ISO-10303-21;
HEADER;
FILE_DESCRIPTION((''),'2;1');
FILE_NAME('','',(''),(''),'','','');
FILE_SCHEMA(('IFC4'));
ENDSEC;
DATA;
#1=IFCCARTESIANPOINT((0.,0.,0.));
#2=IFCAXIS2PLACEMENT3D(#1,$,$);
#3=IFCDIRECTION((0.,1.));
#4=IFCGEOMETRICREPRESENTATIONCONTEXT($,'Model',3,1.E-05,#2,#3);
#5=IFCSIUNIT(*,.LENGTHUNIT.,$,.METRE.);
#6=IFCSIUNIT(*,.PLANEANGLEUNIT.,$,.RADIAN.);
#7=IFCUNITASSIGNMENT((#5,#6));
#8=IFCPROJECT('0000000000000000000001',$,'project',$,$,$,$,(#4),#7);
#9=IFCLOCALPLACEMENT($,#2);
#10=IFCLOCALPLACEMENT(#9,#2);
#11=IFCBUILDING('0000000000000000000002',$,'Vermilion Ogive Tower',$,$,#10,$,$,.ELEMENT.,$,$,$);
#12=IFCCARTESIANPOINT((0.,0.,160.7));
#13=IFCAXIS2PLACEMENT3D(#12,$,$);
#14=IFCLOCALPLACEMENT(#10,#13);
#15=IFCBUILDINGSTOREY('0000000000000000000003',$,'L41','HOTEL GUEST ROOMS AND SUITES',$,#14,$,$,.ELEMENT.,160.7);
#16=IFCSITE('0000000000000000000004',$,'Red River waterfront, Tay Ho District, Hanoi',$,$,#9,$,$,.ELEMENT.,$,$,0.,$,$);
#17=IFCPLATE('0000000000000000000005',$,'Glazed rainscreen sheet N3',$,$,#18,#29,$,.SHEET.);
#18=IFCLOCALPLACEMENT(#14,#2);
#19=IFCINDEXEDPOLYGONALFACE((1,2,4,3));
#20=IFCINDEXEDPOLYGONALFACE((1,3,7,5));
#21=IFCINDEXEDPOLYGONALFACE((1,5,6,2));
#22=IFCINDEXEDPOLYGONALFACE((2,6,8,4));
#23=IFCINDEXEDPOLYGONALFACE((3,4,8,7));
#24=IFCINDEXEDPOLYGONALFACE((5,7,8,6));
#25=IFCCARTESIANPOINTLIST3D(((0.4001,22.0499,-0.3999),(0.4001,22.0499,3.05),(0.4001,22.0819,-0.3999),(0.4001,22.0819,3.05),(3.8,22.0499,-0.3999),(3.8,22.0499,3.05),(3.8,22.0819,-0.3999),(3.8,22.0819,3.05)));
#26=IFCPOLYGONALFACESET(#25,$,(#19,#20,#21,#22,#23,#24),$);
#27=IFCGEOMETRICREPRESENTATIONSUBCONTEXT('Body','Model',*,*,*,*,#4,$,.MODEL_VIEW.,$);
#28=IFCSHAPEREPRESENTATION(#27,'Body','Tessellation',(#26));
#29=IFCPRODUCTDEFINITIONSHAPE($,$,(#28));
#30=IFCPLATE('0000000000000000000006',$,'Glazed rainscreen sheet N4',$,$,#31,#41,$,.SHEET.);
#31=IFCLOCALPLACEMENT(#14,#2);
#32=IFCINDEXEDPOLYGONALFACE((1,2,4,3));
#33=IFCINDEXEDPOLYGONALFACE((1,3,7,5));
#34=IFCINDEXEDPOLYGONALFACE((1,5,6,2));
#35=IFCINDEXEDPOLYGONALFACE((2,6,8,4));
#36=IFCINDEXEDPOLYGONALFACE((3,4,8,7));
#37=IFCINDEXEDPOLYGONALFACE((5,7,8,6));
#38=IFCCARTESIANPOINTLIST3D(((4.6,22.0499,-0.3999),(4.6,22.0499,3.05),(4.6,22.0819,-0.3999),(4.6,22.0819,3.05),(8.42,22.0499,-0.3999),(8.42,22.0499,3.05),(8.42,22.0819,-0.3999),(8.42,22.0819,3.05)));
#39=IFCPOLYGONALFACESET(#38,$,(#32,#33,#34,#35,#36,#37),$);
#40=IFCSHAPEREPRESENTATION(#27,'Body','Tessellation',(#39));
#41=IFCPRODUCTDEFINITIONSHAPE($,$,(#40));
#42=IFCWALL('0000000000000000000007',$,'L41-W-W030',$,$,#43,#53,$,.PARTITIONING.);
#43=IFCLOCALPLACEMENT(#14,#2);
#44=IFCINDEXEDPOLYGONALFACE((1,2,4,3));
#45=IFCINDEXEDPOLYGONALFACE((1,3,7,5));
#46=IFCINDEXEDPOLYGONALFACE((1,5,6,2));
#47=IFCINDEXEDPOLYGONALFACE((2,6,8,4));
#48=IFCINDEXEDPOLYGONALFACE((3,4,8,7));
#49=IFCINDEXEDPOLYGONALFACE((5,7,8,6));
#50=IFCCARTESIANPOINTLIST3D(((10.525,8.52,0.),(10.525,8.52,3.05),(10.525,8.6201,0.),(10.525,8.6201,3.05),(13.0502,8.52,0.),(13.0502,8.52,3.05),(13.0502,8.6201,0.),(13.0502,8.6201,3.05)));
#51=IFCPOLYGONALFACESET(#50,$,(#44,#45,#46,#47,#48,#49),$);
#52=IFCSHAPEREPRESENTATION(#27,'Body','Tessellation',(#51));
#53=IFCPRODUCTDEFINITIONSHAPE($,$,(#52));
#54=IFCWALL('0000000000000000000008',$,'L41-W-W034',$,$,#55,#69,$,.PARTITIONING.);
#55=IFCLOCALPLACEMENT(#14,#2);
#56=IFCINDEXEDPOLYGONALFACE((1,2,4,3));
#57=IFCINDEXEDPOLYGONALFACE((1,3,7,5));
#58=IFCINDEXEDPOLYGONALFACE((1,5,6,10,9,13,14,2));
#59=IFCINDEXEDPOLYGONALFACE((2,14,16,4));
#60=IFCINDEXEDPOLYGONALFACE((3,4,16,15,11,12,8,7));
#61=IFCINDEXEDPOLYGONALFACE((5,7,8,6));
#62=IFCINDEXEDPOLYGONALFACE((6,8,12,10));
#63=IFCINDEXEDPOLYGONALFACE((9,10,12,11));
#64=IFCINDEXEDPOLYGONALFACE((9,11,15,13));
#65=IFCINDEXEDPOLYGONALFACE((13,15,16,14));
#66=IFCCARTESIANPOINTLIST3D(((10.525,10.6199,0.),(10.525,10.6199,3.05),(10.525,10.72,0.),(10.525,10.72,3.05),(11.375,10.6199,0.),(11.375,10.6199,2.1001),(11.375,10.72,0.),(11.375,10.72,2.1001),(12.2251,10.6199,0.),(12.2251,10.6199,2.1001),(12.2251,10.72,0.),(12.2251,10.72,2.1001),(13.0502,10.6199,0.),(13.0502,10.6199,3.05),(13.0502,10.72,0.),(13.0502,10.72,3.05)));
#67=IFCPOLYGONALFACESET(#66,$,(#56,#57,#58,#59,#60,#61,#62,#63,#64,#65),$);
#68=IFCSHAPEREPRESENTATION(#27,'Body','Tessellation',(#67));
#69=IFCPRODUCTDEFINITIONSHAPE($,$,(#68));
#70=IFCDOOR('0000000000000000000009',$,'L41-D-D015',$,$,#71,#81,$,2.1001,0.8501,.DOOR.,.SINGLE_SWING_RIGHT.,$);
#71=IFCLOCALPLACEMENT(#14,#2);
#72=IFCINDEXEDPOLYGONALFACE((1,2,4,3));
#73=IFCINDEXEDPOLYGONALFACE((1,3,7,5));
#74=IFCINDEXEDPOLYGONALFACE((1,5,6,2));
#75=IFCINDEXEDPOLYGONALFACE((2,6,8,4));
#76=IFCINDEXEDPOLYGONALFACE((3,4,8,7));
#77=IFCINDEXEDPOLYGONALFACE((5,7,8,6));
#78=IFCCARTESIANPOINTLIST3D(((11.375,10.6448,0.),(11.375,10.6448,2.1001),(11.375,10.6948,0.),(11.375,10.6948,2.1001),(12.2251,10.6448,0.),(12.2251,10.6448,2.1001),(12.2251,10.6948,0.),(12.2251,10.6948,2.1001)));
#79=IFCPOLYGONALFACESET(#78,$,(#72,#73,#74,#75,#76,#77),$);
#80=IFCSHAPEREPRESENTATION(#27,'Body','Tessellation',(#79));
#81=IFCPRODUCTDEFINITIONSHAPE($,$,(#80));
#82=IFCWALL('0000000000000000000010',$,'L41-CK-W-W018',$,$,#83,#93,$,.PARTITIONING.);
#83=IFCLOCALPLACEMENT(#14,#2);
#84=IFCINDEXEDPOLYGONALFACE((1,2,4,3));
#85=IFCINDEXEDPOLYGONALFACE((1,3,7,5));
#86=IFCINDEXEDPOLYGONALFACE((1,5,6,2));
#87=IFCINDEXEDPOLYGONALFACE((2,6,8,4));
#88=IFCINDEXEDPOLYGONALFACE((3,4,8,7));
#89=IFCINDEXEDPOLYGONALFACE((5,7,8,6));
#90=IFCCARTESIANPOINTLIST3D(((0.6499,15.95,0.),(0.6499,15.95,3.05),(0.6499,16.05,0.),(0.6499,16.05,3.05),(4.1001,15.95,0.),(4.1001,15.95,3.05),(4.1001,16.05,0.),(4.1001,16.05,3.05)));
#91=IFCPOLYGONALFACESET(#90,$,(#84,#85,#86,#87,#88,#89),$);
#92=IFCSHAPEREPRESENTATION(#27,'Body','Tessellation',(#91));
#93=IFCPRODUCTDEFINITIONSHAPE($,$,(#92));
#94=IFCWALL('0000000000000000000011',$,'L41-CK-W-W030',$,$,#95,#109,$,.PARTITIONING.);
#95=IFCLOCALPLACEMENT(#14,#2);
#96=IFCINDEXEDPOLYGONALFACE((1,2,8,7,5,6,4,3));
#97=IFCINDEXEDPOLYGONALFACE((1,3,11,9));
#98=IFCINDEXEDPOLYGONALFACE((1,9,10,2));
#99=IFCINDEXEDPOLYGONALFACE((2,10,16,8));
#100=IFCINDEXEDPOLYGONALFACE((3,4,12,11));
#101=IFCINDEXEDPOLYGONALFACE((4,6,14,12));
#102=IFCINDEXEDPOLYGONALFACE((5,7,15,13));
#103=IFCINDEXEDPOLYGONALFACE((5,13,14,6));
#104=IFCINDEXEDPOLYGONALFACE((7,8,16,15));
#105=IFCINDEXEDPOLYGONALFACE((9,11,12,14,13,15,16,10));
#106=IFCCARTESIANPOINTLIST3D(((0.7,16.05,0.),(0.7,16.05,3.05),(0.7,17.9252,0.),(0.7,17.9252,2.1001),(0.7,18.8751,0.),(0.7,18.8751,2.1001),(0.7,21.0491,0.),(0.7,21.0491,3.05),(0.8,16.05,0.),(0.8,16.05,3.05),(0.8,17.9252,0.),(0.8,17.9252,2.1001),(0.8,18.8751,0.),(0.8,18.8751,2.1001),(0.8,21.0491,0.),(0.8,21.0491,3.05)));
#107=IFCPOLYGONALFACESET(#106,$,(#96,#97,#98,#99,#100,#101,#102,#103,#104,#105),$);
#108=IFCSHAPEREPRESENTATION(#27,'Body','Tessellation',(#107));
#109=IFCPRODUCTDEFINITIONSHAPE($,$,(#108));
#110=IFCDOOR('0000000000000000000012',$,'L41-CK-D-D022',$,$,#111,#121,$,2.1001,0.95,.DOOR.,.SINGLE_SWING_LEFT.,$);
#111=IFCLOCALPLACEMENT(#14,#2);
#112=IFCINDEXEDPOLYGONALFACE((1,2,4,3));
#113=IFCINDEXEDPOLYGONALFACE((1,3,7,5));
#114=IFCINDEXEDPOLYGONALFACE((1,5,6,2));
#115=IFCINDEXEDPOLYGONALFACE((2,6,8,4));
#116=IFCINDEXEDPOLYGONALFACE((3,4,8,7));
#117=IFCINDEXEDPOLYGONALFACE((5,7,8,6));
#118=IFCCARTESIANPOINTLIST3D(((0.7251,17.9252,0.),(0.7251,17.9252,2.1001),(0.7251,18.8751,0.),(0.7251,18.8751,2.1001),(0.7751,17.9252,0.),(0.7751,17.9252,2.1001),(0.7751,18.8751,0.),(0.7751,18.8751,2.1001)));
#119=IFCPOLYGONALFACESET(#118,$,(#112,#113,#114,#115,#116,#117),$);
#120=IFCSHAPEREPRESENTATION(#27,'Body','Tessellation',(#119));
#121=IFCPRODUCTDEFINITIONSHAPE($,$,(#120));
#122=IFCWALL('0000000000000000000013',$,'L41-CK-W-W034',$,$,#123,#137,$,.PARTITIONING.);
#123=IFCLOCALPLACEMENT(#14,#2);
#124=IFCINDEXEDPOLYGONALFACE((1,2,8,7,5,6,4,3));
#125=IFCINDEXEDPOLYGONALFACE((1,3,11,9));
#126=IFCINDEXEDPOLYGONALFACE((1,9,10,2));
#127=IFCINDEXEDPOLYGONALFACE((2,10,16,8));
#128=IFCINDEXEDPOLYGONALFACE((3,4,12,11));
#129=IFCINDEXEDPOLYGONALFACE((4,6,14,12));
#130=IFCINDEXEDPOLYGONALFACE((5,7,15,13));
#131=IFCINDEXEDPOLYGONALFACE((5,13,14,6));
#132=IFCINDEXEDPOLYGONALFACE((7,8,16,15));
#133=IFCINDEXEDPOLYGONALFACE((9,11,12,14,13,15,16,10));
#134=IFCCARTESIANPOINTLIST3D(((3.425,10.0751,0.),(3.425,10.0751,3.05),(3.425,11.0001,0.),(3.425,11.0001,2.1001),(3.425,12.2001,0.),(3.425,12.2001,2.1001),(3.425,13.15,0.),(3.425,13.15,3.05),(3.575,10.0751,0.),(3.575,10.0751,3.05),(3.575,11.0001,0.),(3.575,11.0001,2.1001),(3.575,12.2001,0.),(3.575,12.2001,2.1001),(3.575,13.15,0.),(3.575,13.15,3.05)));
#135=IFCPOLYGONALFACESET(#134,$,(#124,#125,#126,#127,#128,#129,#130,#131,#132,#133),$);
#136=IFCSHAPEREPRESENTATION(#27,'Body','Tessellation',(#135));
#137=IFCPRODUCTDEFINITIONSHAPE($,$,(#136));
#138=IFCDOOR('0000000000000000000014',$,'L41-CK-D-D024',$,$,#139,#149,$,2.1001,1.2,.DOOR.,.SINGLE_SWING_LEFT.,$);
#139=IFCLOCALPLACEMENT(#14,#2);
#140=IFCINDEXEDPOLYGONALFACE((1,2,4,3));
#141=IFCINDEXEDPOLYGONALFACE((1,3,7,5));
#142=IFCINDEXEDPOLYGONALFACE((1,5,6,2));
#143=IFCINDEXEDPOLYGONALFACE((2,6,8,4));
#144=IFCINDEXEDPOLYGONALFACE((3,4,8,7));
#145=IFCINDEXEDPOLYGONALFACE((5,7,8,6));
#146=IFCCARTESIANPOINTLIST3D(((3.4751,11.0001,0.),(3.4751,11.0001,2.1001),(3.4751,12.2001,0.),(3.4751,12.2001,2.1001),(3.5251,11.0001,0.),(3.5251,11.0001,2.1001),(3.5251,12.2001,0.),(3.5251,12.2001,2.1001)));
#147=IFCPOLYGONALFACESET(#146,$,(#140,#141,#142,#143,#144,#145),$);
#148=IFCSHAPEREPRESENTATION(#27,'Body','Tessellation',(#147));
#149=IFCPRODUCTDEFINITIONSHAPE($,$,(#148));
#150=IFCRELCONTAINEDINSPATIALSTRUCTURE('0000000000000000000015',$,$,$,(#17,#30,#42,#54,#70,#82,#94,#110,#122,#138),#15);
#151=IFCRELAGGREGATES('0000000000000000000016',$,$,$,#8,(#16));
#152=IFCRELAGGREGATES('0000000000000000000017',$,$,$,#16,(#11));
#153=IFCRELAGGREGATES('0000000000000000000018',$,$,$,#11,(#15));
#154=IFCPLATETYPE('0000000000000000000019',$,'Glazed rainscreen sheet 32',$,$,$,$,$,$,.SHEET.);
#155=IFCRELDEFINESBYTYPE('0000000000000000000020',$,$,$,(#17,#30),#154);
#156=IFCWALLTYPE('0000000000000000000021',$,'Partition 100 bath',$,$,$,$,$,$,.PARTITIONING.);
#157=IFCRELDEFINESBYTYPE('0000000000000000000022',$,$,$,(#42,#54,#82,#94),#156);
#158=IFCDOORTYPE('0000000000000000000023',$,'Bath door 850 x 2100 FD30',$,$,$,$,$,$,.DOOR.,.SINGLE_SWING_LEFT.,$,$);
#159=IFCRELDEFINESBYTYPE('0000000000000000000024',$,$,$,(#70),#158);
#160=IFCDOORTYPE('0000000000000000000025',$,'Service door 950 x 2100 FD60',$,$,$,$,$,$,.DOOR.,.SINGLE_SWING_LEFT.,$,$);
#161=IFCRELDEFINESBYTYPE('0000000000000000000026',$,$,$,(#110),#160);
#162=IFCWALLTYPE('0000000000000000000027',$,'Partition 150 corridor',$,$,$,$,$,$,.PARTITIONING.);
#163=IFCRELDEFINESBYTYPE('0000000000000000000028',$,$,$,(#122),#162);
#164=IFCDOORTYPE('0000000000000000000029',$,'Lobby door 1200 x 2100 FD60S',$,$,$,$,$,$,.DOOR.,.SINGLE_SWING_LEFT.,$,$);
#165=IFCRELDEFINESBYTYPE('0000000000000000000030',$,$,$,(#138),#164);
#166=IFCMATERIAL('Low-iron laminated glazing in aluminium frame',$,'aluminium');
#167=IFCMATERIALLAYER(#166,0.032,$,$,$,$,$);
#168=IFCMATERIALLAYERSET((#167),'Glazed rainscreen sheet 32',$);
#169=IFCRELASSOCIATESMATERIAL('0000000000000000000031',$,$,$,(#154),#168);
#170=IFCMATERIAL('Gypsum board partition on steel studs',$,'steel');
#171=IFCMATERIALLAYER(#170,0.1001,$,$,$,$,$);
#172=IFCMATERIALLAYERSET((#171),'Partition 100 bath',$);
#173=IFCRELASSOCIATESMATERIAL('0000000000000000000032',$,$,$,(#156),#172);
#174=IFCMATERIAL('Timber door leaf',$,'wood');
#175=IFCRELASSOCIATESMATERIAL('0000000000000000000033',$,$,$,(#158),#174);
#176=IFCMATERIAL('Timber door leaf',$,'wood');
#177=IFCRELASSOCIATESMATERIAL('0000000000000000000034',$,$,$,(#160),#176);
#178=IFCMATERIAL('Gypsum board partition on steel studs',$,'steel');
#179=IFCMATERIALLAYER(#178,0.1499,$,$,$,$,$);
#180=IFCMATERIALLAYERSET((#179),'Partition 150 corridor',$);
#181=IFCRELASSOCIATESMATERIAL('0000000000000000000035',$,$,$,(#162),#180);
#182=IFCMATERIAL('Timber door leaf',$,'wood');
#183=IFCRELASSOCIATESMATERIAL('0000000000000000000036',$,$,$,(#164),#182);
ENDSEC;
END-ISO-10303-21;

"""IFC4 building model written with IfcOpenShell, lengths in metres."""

from ifc_helpers import new_model, si_unit, direction, frame, frame_2d, origin, origin_2d, place, context, subcontext, project, spatial, rectangle, extrude, material, layer, layer_set, type_object, element, fill, save


model = new_model("IFC4")

# Units and contexts
model_context = context("Model", 3, precision=1e-05, world=origin(), true_north=direction((0.0, 1.0)))
body_context = subcontext(model_context, "Body", "Model", "MODEL_VIEW")
ifc_project = project(units=[si_unit("LENGTHUNIT", "METRE"), si_unit("PLANEANGLEUNIT", "RADIAN")], contexts=[model_context])

# Site, building, storey
site_placement = place(None, origin())
site = spatial("IfcSite", under=ifc_project, at=site_placement, Name="Red River waterfront, Tay Ho District, Hanoi", CompositionType="ELEMENT", RefElevation=0.0)
building_placement = place(site_placement, origin())
building = spatial("IfcBuilding", under=site, at=building_placement, Name="Vermilion Ogive Tower", CompositionType="ELEMENT")
storey_placement = place(building_placement, frame((0.0, 0.0, 160.7)))
storey = spatial("IfcBuildingStorey", under=building, at=storey_placement, Name="L41", Description="HOTEL GUEST ROOMS AND SUITES", CompositionType="ELEMENT", Elevation=160.7)

# Plates
ifc_material_1 = material(Name="Low-iron laminated glazing in aluminium frame", Category="aluminium")
ifc_layer_1 = layer(ifc_material_1, 0.032)
ifc_layer_set_1 = layer_set([ifc_layer_1], Name="Glazed rainscreen sheet 32")
plate_type = type_object("IfcPlateType", Name="Glazed rainscreen sheet 32", PredefinedType="SHEET", material=ifc_layer_set_1)
plate_1_placement = place(storey_placement, frame((2.1001, 22.0659, -0.3999), z_axis=(0.0, 0.0, 1.0), x_axis=(1.0, 0.0, 0.0)))
element("IfcPlate", 1, at=plate_1_placement, inside=storey, type_object=plate_type, Name="Glazed rainscreen sheet N3", PredefinedType="SHEET", context=body_context, shape_type="SweptSolid", body=[
    extrude(rectangle(XDim=3.3999, YDim=0.032, at=origin_2d()), origin(), (0.0, 0.0, 1.0), 3.45),
])
plate_2_placement = place(storey_placement, frame((6.51, 22.0659, -0.3999), z_axis=(0.0, 0.0, 1.0), x_axis=(1.0, 0.0, 0.0)))
element("IfcPlate", 2, at=plate_2_placement, inside=storey, type_object=plate_type, Name="Glazed rainscreen sheet N4", PredefinedType="SHEET", context=body_context, shape_type="SweptSolid", body=[
    extrude(rectangle(XDim=3.8201, YDim=0.032, at=origin_2d()), origin(), (0.0, 0.0, 1.0), 3.45),
])

# Wall
ifc_material_2 = material(Name="Gypsum board partition on steel studs", Category="steel")
ifc_layer_2 = layer(ifc_material_2, 0.1001)
ifc_layer_set_2 = layer_set([ifc_layer_2], Name="Partition 100 bath")
wall_type_1 = type_object("IfcWallType", Name="Partition 100 bath", PredefinedType="PARTITIONING", material=ifc_layer_set_2)
wall_1_placement = place(storey_placement, frame((10.5249, 8.5701, 0.0), z_axis=(0.0, 0.0, 1.0), x_axis=(1.0, 0.0, 0.0)))
element("IfcWall", 3, at=wall_1_placement, inside=storey, type_object=wall_type_1, Name="L41-W-W030", PredefinedType="PARTITIONING", context=body_context, shape_type="SweptSolid", body=[
    extrude(rectangle(XDim=2.5251, YDim=0.1001, at=frame_2d((1.2627, 0.0))), origin(), (0.0, 0.0, 1.0), 3.05),
])

# Wall, opening, door
wall_2_placement = place(storey_placement, frame((10.5249, 10.6699, 0.0), z_axis=(0.0, 0.0, 1.0), x_axis=(1.0, 0.0, 0.0)))
wall_2 = element("IfcWall", 4, at=wall_2_placement, inside=storey, type_object=wall_type_1, Name="L41-W-W034", PredefinedType="PARTITIONING", context=body_context, shape_type="SweptSolid", body=[
    extrude(rectangle(XDim=2.5251, YDim=0.1001, at=frame_2d((1.2627, 0.0))), origin(), (0.0, 0.0, 1.0), 3.05),
])
opening_1_placement = place(wall_2_placement, frame((0.8501, 0.0, 0.0)))
opening_1 = element("IfcOpeningElement", 5, at=opening_1_placement, cuts=wall_2, PredefinedType="OPENING", context=body_context, shape_type="SweptSolid", body=[
    extrude(rectangle(XDim=0.8501, YDim=2.1001, at=frame_2d((0.425, 1.05))), frame((0.0, 0.0601, 0.0), z_axis=(0.0, -1.0, 0.0), x_axis=(1.0, 0.0, 0.0)), (0.0, 0.0, 1.0), 0.1201),
])
ifc_material_3 = material(Name="Timber door leaf", Category="wood")
door_type_1 = type_object("IfcDoorType", Name="Bath door 850 x 2100 FD30", OperationType="SINGLE_SWING_LEFT", PredefinedType="DOOR", material=ifc_material_3)
door_1_placement = place(opening_1_placement, origin())
door_1 = element("IfcDoor", 6, at=door_1_placement, inside=storey, type_object=door_type_1, Name="L41-D-D015", OperationType="SINGLE_SWING_RIGHT", OverallHeight=2.1001, OverallWidth=0.8501, PredefinedType="DOOR", context=body_context, shape_type="SweptSolid", body=[
    extrude(rectangle(XDim=0.8501, YDim=2.1001, at=frame_2d((0.425, 1.05))), frame((0.0, 0.0249, 0.0), z_axis=(0.0, -1.0, 0.0), x_axis=(1.0, 0.0, 0.0)), (0.0, 0.0, 1.0), 0.05),
])
fill(opening_1, door_1)

# Wall
wall_3_placement = place(storey_placement, frame((0.6499, 16.0, 0.0), z_axis=(0.0, 0.0, 1.0), x_axis=(1.0, 0.0, 0.0)))
element("IfcWall", 7, at=wall_3_placement, inside=storey, type_object=wall_type_1, Name="L41-CK-W-W018", PredefinedType="PARTITIONING", context=body_context, shape_type="SweptSolid", body=[
    extrude(rectangle(XDim=3.4502, YDim=0.1001, at=frame_2d((1.7251, 0.0))), origin(), (0.0, 0.0, 1.0), 3.05),
])

# Walls, openings, doors
wall_4_placement = place(storey_placement, frame((0.75, 16.05, 0.0), z_axis=(0.0, 0.0, 1.0), x_axis=(0.0, 1.0, 0.0)))
wall_4 = element("IfcWall", 8, at=wall_4_placement, inside=storey, type_object=wall_type_1, Name="L41-CK-W-W030", PredefinedType="PARTITIONING", context=body_context, shape_type="SweptSolid", body=[
    extrude(rectangle(XDim=4.999, YDim=0.1001, at=frame_2d((2.4995, 0.0))), origin(), (0.0, 0.0, 1.0), 3.05),
])
opening_2_placement = place(wall_4_placement, frame((1.875, 0.0, 0.0)))
opening_2 = element("IfcOpeningElement", 9, at=opening_2_placement, cuts=wall_4, PredefinedType="OPENING", context=body_context, shape_type="SweptSolid", body=[
    extrude(rectangle(XDim=0.95, YDim=2.1001, at=frame_2d((0.4751, 1.05))), frame((0.0, 0.0601, 0.0), z_axis=(0.0, -1.0, 0.0), x_axis=(1.0, 0.0, 0.0)), (0.0, 0.0, 1.0), 0.1201),
])
ifc_material_4 = material(Name="Timber door leaf", Category="wood")
door_type_2 = type_object("IfcDoorType", Name="Service door 950 x 2100 FD60", OperationType="SINGLE_SWING_LEFT", PredefinedType="DOOR", material=ifc_material_4)
door_2_placement = place(opening_2_placement, origin())
door_2 = element("IfcDoor", 10, at=door_2_placement, inside=storey, type_object=door_type_2, Name="L41-CK-D-D022", OperationType="SINGLE_SWING_LEFT", OverallHeight=2.1001, OverallWidth=0.95, PredefinedType="DOOR", context=body_context, shape_type="SweptSolid", body=[
    extrude(rectangle(XDim=0.95, YDim=2.1001, at=frame_2d((0.4751, 1.05))), frame((0.0, 0.0249, 0.0), z_axis=(0.0, -1.0, 0.0), x_axis=(1.0, 0.0, 0.0)), (0.0, 0.0, 1.0), 0.05),
])
fill(opening_2, door_2)
ifc_material_5 = material(Name="Gypsum board partition on steel studs", Category="steel")
ifc_layer_3 = layer(ifc_material_5, 0.1499)
ifc_layer_set_3 = layer_set([ifc_layer_3], Name="Partition 150 corridor")
wall_type_2 = type_object("IfcWallType", Name="Partition 150 corridor", PredefinedType="PARTITIONING", material=ifc_layer_set_3)
wall_5_placement = place(storey_placement, frame((3.5, 10.075, 0.0), z_axis=(0.0, 0.0, 1.0), x_axis=(0.0, 1.0, 0.0)))
wall_5 = element("IfcWall", 11, at=wall_5_placement, inside=storey, type_object=wall_type_2, Name="L41-CK-W-W034", PredefinedType="PARTITIONING", context=body_context, shape_type="SweptSolid", body=[
    extrude(rectangle(XDim=3.075, YDim=0.1499, at=frame_2d((1.5376, 0.0))), origin(), (0.0, 0.0, 1.0), 3.05),
])
opening_3_placement = place(wall_5_placement, frame((0.925, 0.0, 0.0)))
opening_3 = element("IfcOpeningElement", 12, at=opening_3_placement, cuts=wall_5, PredefinedType="OPENING", context=body_context, shape_type="SweptSolid", body=[
    extrude(rectangle(XDim=1.2, YDim=2.1001, at=frame_2d((0.6001, 1.05))), frame((0.0, 0.085, 0.0), z_axis=(0.0, -1.0, 0.0), x_axis=(1.0, 0.0, 0.0)), (0.0, 0.0, 1.0), 0.1699),
])
ifc_material_6 = material(Name="Timber door leaf", Category="wood")
door_type_3 = type_object("IfcDoorType", Name="Lobby door 1200 x 2100 FD60S", OperationType="SINGLE_SWING_LEFT", PredefinedType="DOOR", material=ifc_material_6)
door_3_placement = place(opening_3_placement, origin())
door_3 = element("IfcDoor", 13, at=door_3_placement, inside=storey, type_object=door_type_3, Name="L41-CK-D-D024", OperationType="SINGLE_SWING_LEFT", OverallHeight=2.1001, OverallWidth=1.2, PredefinedType="DOOR", context=body_context, shape_type="SweptSolid", body=[
    extrude(rectangle(XDim=1.2, YDim=2.1001, at=frame_2d((0.6001, 1.05))), frame((0.0, 0.0249, 0.0), z_axis=(0.0, -1.0, 0.0), x_axis=(1.0, 0.0, 0.0)), (0.0, 0.0, 1.0), 0.05),
])
fill(opening_3, door_3)

save(model, "model.ifc")
